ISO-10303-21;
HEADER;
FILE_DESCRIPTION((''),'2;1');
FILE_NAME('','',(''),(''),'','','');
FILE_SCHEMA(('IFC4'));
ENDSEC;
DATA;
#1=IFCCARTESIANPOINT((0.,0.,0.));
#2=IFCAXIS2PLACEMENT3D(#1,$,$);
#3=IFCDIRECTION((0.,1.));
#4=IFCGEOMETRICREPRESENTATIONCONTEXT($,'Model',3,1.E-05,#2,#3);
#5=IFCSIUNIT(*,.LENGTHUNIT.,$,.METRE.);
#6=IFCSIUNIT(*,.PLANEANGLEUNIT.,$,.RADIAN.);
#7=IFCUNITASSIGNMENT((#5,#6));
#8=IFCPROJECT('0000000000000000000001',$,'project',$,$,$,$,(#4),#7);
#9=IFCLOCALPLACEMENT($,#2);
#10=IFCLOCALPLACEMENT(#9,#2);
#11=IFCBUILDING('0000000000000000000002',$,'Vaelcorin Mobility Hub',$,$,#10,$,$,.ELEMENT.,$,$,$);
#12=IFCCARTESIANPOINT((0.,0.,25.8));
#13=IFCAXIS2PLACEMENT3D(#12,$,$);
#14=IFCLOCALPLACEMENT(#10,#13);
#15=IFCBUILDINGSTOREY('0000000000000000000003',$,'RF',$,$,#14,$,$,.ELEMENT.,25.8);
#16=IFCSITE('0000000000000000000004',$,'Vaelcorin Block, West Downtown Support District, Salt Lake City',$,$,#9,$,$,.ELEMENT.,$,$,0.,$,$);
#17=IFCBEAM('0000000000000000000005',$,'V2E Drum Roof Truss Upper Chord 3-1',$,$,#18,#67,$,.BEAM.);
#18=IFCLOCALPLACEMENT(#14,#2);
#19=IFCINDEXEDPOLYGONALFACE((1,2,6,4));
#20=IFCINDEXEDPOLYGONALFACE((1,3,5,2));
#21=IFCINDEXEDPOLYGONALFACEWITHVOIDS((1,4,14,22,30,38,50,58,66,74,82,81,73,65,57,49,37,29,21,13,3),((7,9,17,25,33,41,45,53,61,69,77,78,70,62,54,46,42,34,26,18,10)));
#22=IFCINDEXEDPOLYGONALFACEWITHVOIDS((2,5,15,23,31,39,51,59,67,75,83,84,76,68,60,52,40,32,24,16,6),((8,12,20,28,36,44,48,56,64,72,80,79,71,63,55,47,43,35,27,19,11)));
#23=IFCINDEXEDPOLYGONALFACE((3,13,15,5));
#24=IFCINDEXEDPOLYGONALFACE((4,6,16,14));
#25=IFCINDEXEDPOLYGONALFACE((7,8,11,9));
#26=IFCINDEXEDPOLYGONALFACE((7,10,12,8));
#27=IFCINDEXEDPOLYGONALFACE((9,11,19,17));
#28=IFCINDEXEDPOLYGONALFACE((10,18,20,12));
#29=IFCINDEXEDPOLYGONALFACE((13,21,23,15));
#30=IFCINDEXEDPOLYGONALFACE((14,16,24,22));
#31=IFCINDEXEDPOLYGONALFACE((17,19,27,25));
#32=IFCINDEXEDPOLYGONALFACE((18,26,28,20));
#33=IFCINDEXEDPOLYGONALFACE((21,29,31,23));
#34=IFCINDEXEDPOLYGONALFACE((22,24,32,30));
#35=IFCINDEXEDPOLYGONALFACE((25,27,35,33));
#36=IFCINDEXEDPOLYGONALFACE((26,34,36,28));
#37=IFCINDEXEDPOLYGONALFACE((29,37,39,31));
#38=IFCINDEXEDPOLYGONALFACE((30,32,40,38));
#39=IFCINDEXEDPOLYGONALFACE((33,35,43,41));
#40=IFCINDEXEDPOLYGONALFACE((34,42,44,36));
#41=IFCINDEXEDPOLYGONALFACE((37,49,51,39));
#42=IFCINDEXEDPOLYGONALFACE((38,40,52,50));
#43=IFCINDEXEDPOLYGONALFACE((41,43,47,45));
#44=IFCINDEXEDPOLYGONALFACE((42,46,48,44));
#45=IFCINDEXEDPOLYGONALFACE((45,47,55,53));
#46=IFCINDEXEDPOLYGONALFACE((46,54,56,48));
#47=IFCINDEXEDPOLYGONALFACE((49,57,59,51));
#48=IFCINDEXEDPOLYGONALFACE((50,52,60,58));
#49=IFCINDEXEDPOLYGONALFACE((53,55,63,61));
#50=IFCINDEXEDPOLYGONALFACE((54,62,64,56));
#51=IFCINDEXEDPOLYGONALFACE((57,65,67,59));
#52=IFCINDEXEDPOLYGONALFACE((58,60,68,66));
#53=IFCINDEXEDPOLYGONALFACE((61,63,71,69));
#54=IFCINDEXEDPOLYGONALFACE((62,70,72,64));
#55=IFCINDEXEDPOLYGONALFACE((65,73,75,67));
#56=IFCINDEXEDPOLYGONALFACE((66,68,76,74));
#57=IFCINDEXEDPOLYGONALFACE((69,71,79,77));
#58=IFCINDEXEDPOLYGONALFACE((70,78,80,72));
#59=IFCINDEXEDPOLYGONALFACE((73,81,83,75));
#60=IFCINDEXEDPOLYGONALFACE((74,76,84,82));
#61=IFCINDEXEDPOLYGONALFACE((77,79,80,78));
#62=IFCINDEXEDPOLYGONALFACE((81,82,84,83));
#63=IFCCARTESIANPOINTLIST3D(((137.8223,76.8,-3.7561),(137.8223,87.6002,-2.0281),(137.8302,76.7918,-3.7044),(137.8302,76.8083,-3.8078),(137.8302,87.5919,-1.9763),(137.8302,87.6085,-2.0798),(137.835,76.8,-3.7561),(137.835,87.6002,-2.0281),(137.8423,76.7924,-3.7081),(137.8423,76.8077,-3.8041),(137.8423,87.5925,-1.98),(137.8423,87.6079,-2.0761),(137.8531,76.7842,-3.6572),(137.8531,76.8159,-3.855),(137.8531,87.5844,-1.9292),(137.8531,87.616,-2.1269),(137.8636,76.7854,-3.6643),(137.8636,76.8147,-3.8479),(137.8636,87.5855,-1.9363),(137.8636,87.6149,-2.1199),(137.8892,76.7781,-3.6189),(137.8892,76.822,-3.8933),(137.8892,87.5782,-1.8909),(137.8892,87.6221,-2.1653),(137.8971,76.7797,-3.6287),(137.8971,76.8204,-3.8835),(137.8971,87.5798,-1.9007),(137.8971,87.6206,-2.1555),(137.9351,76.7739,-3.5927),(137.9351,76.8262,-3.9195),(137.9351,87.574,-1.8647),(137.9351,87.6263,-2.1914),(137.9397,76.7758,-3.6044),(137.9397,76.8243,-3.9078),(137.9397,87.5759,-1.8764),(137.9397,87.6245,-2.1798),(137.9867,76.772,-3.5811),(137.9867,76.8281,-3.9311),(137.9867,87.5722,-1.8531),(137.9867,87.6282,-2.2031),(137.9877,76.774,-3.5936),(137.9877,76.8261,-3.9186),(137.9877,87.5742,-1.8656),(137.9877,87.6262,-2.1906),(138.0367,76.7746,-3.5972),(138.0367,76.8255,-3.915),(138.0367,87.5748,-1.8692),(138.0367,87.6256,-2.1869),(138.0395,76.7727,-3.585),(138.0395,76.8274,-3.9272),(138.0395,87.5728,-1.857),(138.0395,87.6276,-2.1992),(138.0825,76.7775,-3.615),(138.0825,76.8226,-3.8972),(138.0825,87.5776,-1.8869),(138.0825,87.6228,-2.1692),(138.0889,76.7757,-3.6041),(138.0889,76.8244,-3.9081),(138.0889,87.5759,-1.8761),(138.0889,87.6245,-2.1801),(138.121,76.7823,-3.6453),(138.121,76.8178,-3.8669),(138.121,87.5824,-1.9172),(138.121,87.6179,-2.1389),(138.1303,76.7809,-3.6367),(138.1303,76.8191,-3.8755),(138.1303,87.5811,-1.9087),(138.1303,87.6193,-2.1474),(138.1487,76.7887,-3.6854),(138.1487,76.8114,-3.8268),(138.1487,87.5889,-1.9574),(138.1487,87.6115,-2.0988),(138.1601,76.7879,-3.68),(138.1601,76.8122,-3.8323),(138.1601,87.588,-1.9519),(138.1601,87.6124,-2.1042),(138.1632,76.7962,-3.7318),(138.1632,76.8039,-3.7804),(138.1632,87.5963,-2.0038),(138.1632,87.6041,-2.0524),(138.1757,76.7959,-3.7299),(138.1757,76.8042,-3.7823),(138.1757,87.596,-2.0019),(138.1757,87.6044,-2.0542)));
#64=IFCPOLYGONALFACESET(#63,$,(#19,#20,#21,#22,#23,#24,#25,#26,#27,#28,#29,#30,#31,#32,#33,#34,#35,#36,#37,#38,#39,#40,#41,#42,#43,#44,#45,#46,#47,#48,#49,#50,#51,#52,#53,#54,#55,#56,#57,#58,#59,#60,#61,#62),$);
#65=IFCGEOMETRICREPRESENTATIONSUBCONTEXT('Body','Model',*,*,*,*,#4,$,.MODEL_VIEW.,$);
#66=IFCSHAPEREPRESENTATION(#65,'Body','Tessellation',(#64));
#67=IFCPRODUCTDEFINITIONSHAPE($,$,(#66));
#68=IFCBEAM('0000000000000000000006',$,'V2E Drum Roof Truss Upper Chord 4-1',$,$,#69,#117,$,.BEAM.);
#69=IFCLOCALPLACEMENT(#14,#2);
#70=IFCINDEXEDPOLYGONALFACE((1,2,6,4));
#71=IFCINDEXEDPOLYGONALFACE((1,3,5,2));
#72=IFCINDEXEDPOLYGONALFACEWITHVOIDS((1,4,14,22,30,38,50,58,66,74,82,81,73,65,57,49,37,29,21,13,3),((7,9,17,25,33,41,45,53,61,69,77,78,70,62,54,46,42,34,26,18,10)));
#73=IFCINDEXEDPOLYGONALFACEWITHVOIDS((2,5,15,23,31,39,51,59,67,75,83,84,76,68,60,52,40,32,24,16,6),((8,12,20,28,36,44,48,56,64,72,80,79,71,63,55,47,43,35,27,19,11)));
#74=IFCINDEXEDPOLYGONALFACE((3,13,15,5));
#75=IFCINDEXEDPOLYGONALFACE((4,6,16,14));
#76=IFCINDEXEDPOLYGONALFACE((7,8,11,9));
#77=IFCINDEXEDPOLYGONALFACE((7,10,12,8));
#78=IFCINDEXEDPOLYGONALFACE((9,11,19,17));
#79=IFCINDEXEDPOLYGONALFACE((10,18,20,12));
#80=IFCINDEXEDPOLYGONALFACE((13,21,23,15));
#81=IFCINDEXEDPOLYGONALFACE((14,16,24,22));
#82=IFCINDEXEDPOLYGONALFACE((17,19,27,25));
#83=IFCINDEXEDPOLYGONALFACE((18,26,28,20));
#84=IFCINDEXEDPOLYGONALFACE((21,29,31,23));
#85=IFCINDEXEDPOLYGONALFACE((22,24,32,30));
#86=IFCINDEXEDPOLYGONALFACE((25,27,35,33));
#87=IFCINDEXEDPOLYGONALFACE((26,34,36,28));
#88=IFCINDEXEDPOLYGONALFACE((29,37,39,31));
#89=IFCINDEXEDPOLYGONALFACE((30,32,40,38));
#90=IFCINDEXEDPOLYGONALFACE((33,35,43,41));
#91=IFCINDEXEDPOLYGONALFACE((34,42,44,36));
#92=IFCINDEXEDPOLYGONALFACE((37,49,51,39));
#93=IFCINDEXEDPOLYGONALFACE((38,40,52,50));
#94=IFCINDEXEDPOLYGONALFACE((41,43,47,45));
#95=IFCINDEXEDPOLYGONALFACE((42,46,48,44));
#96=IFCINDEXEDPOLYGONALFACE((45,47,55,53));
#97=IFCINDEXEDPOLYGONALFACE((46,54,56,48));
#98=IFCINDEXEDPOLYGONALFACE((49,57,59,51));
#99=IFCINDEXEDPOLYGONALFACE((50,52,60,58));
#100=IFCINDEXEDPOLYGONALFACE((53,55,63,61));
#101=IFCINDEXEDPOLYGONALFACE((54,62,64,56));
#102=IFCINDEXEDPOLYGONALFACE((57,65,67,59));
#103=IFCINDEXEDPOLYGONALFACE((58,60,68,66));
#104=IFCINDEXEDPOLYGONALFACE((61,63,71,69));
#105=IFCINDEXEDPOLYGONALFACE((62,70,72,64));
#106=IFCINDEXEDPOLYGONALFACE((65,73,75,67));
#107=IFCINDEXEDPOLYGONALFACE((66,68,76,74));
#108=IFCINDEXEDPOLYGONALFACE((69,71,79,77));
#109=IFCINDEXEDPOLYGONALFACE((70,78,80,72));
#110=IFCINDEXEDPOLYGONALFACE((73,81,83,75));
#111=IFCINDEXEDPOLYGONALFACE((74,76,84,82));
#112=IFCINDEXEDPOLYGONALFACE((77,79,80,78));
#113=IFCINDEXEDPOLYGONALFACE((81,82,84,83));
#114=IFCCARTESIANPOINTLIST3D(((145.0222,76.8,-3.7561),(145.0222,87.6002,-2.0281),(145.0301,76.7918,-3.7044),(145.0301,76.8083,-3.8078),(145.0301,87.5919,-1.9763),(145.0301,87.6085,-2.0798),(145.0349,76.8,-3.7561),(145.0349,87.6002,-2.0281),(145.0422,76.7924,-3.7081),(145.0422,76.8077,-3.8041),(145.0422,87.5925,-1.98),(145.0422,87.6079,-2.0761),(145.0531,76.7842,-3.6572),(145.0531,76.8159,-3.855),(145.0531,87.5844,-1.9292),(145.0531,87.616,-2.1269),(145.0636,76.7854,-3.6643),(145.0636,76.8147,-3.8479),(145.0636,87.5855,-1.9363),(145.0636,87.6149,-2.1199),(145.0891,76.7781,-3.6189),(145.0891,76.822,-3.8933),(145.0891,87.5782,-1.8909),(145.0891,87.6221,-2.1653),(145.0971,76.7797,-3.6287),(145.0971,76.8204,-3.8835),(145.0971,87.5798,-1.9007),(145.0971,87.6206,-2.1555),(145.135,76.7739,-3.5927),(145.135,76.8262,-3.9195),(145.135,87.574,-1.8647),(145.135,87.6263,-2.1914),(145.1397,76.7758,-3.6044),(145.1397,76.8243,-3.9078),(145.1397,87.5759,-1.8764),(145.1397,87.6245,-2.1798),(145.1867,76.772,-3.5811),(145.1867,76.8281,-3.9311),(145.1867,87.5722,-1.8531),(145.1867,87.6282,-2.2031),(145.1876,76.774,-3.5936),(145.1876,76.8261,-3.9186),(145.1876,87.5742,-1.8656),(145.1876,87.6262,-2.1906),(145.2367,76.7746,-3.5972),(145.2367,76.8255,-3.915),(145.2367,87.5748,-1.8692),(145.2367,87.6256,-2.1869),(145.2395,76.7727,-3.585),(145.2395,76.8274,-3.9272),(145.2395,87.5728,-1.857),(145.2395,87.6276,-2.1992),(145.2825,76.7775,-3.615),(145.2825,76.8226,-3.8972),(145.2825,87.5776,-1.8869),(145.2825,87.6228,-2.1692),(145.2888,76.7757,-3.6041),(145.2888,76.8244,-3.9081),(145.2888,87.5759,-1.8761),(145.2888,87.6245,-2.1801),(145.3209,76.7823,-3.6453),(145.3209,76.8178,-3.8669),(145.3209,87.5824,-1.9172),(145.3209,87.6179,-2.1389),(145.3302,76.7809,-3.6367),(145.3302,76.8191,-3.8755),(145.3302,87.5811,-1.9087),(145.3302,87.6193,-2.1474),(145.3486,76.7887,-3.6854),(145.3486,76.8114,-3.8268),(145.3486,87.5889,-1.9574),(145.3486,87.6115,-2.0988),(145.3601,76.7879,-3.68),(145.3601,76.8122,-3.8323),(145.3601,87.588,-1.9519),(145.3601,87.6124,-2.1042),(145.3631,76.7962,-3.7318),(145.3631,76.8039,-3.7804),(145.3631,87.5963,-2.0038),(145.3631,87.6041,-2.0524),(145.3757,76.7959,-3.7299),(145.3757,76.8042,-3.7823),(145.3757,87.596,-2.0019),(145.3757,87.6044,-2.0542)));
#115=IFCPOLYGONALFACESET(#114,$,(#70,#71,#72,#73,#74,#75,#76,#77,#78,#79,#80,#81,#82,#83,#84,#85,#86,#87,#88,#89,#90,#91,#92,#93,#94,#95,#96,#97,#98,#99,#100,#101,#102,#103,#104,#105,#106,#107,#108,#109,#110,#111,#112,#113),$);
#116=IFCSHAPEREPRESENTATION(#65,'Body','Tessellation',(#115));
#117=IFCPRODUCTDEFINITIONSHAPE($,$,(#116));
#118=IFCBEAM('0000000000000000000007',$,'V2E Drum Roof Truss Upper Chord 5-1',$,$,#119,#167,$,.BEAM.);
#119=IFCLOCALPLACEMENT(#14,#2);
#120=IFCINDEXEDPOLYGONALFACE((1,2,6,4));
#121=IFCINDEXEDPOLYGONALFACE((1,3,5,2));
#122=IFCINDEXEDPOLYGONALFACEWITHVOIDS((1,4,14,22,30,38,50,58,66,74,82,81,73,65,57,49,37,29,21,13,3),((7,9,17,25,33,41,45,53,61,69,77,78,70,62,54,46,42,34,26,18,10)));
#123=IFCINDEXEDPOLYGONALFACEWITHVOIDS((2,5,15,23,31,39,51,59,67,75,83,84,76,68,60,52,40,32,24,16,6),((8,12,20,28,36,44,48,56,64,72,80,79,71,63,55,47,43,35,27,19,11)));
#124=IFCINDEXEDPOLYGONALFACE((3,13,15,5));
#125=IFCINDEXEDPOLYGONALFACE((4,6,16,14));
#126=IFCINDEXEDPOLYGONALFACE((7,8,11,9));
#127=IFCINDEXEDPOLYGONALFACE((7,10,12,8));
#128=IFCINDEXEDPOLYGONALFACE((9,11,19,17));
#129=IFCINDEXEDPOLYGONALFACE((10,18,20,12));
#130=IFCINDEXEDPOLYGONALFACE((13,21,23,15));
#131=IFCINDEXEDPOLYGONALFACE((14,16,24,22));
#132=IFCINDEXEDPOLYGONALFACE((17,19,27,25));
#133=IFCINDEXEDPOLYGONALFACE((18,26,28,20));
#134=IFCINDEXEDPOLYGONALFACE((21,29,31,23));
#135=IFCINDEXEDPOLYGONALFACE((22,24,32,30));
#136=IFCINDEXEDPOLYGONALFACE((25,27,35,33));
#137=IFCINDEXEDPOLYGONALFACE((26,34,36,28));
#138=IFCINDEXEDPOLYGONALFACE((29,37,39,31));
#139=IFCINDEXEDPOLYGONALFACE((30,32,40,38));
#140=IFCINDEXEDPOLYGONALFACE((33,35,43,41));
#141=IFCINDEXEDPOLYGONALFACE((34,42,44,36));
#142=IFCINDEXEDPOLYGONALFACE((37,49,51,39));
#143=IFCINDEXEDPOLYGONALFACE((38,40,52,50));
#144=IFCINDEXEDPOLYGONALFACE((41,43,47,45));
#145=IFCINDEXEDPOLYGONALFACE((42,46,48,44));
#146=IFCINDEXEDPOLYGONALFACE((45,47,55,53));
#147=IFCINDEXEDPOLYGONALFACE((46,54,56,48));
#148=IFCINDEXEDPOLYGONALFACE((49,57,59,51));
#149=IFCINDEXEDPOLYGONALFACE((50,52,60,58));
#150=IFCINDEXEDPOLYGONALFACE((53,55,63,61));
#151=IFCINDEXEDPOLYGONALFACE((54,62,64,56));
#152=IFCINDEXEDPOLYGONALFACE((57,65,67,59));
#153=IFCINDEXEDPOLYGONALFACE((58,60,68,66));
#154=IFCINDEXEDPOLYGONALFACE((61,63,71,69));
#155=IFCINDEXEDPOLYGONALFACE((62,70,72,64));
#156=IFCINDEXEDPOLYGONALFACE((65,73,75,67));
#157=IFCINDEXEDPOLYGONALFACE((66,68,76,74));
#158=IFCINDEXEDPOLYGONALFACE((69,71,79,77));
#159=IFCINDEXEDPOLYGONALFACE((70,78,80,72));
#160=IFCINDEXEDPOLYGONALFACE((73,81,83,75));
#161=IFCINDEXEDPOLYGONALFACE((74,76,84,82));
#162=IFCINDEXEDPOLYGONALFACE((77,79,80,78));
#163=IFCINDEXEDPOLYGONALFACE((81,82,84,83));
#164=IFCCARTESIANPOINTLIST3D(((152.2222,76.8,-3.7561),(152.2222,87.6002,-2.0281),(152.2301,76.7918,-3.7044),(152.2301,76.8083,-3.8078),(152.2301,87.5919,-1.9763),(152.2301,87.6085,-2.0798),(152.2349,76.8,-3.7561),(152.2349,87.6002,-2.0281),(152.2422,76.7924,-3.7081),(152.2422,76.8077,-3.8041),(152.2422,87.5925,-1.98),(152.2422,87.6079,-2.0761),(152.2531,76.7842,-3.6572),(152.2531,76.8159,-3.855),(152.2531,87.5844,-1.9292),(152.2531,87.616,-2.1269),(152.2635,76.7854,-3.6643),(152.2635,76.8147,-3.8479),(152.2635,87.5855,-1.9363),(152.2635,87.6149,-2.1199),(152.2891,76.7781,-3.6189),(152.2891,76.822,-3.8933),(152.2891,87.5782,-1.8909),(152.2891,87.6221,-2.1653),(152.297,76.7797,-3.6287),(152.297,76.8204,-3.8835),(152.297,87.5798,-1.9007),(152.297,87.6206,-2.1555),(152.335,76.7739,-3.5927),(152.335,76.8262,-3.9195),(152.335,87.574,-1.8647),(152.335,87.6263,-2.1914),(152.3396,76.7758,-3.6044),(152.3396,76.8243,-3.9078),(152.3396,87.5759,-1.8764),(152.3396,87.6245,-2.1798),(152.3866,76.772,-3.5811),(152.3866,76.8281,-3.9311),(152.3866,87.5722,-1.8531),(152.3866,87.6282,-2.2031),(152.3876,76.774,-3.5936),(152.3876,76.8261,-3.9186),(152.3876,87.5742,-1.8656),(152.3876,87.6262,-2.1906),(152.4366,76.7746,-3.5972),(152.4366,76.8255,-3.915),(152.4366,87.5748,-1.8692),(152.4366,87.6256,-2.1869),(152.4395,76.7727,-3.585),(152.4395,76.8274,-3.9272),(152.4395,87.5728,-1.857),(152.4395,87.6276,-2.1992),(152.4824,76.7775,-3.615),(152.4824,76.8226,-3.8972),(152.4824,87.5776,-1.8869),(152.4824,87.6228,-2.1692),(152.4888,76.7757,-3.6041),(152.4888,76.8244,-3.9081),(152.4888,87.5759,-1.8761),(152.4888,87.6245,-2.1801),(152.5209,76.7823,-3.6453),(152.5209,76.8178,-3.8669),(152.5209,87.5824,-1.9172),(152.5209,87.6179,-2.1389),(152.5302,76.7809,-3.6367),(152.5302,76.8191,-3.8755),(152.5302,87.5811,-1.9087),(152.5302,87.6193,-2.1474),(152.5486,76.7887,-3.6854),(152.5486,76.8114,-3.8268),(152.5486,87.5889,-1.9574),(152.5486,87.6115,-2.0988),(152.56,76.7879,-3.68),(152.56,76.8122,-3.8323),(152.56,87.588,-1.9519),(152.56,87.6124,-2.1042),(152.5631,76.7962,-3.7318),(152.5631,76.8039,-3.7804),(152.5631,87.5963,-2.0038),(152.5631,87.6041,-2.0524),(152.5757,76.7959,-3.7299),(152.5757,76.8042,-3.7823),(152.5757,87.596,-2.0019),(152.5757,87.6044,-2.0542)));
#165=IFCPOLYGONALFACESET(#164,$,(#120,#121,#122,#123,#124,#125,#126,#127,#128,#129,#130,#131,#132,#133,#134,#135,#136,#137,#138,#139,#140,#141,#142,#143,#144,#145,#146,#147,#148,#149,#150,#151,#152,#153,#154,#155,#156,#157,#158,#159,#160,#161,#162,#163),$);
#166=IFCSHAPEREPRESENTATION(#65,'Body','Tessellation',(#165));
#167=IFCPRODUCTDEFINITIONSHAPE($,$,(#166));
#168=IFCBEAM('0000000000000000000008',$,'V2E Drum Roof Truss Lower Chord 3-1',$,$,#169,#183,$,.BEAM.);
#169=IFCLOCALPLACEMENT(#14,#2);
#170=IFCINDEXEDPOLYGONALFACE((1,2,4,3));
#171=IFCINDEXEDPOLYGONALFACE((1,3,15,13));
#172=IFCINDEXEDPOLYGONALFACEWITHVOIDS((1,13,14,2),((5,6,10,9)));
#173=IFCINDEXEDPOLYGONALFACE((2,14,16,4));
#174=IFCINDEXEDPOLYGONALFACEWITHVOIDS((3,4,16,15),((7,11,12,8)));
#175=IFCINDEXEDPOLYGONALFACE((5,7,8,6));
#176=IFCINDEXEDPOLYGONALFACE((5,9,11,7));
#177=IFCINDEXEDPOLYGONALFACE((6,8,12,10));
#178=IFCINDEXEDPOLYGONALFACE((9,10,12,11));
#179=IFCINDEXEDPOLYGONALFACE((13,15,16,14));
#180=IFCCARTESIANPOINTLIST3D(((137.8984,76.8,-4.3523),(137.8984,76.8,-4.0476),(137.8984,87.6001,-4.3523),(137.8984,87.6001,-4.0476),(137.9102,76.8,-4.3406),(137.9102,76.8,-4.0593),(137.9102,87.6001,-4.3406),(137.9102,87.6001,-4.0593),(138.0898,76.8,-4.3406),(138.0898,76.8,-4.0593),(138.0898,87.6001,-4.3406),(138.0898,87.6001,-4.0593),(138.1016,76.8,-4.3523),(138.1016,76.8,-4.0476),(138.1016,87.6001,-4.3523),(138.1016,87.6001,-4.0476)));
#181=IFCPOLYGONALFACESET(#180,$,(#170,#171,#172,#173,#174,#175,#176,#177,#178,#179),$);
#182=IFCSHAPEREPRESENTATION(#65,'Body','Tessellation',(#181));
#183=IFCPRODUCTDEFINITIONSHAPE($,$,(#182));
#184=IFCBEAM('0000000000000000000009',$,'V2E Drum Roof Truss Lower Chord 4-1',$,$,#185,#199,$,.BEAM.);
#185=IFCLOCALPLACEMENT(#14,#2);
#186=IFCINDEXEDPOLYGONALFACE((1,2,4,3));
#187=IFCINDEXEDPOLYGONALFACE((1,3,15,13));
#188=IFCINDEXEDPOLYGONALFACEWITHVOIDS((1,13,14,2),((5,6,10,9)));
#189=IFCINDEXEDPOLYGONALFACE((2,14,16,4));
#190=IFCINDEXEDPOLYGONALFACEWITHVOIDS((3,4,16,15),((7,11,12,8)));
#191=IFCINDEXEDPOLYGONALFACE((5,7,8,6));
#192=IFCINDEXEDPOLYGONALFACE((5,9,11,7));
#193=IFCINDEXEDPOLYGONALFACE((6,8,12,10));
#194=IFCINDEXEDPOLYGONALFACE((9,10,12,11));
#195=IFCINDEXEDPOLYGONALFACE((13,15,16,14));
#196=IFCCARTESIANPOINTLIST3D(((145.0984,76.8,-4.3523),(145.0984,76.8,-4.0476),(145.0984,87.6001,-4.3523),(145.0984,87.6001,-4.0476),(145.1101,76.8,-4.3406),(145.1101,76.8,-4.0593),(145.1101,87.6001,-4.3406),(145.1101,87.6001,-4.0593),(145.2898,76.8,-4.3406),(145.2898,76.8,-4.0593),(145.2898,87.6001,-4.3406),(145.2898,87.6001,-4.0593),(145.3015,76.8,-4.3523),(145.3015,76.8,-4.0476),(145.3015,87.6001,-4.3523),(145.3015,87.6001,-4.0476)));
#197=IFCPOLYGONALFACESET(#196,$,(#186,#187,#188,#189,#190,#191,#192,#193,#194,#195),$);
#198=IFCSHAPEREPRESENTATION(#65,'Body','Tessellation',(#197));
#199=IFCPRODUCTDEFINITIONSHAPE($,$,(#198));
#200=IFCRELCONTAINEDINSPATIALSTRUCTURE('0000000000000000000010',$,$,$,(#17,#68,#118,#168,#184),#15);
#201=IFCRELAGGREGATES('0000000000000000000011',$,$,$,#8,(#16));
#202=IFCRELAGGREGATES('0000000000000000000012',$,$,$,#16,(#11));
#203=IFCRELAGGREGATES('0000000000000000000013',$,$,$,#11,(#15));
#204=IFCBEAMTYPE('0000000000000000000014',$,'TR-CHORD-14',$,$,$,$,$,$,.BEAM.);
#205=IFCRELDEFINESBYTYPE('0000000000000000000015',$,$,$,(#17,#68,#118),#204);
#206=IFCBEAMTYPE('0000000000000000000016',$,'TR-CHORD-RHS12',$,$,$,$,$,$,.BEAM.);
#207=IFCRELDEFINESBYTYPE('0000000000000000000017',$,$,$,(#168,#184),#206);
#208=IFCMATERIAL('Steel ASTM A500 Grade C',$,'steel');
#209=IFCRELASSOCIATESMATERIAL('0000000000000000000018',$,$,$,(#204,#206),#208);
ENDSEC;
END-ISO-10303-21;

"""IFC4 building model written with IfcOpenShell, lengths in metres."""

from ifc_helpers import new_model, si_unit, direction, frame, origin, origin_2d, place, context, subcontext, project, spatial, hollow_rectangle, hollow_circle, extrude, material, material_profile, profile_set, type_object, element, save


model = new_model("IFC4")

# Units and contexts
model_context = context("Model", 3, precision=1e-05, world=origin(), true_north=direction((0.0, 1.0)))
body_context = subcontext(model_context, "Body", "Model", "MODEL_VIEW")
ifc_project = project(units=[si_unit("LENGTHUNIT", "METRE"), si_unit("PLANEANGLEUNIT", "RADIAN")], contexts=[model_context])

# Site, building, storey
site_placement = place(None, origin())
site = spatial("IfcSite", under=ifc_project, at=site_placement, Name="Vaelcorin Block, West Downtown Support District, Salt Lake City", CompositionType="ELEMENT", RefElevation=0.0)
building_placement = place(site_placement, origin())
building = spatial("IfcBuilding", under=site, at=building_placement, Name="Vaelcorin Mobility Hub", CompositionType="ELEMENT")
storey_placement = place(building_placement, frame((0.0, 0.0, 25.8)))
storey = spatial("IfcBuildingStorey", under=building, at=storey_placement, Name="RF", CompositionType="ELEMENT", Elevation=25.8)

# Shared definitions
ifc_material_1 = material(Name="Steel ASTM A500 Grade C", Category="steel")

# Beams
ifc_material_profile_1 = material_profile(ifc_material_1, hollow_circle(Radius=0.1777, WallThickness=0.0127, at=origin_2d()), Name="HSS14.000X0.500")
ifc_profile_set_1 = profile_set([ifc_material_profile_1], Name="Steel ASTM A500 Grade C")
beam_type_1 = type_object("IfcBeamType", Name="TR-CHORD-14", PredefinedType="BEAM", material=ifc_profile_set_1)
for number, where, z_axis, x_axis, name in (
    (1, (138.0, 76.8, -3.7561), (0.0, 0.98744, 0.157992), (-1.0, 0.0, 0.0), "V2E Drum Roof Truss Upper Chord 3-1"),
    (2, (145.2, 76.8, -3.7561), (0.0, 0.98744, 0.157992), (-1.0, 0.0, 0.0), "V2E Drum Roof Truss Upper Chord 4-1"),
    (3, (152.3999, 76.8, -3.7561), (0.0, 0.98744, 0.157992), (-1.0, 0.0, 0.0), "V2E Drum Roof Truss Upper Chord 5-1"),
):
    element("IfcBeam", number, at=place(storey_placement, frame(where, z_axis=z_axis, x_axis=x_axis)), inside=storey, type_object=beam_type_1, Name=name, PredefinedType="BEAM", context=body_context, shape_type="SweptSolid", body=[
        extrude(hollow_circle(Radius=0.1777, WallThickness=0.0127, at=origin_2d()), origin(), (0.0, 0.0, 1.0), 10.9375),
    ])
ifc_material_profile_2 = material_profile(ifc_material_1, hollow_rectangle(XDim=0.2031, YDim=0.3047, WallThickness=0.0117, at=origin_2d()), Name="HSS12X8X0.500")
ifc_profile_set_2 = profile_set([ifc_material_profile_2], Name="Steel ASTM A500 Grade C")
beam_type_2 = type_object("IfcBeamType", Name="TR-CHORD-RHS12", PredefinedType="BEAM", material=ifc_profile_set_2)
for number, where, z_axis, x_axis, name in (
    (4, (138.0, 76.8, -4.2), (0.0, 1.0, 0.0), (-1.0, 0.0, 0.0), "V2E Drum Roof Truss Lower Chord 3-1"),
    (5, (145.2, 76.8, -4.2), (0.0, 1.0, 0.0), (-1.0, 0.0, 0.0), "V2E Drum Roof Truss Lower Chord 4-1"),
):
    element("IfcBeam", number, at=place(storey_placement, frame(where, z_axis=z_axis, x_axis=x_axis)), inside=storey, type_object=beam_type_2, Name=name, PredefinedType="BEAM", context=body_context, shape_type="SweptSolid", body=[
        extrude(hollow_rectangle(XDim=0.2031, YDim=0.3047, WallThickness=0.0117, at=origin_2d()), origin(), (0.0, 0.0, 1.0), 10.8),
    ])

save(model, "model.ifc")
